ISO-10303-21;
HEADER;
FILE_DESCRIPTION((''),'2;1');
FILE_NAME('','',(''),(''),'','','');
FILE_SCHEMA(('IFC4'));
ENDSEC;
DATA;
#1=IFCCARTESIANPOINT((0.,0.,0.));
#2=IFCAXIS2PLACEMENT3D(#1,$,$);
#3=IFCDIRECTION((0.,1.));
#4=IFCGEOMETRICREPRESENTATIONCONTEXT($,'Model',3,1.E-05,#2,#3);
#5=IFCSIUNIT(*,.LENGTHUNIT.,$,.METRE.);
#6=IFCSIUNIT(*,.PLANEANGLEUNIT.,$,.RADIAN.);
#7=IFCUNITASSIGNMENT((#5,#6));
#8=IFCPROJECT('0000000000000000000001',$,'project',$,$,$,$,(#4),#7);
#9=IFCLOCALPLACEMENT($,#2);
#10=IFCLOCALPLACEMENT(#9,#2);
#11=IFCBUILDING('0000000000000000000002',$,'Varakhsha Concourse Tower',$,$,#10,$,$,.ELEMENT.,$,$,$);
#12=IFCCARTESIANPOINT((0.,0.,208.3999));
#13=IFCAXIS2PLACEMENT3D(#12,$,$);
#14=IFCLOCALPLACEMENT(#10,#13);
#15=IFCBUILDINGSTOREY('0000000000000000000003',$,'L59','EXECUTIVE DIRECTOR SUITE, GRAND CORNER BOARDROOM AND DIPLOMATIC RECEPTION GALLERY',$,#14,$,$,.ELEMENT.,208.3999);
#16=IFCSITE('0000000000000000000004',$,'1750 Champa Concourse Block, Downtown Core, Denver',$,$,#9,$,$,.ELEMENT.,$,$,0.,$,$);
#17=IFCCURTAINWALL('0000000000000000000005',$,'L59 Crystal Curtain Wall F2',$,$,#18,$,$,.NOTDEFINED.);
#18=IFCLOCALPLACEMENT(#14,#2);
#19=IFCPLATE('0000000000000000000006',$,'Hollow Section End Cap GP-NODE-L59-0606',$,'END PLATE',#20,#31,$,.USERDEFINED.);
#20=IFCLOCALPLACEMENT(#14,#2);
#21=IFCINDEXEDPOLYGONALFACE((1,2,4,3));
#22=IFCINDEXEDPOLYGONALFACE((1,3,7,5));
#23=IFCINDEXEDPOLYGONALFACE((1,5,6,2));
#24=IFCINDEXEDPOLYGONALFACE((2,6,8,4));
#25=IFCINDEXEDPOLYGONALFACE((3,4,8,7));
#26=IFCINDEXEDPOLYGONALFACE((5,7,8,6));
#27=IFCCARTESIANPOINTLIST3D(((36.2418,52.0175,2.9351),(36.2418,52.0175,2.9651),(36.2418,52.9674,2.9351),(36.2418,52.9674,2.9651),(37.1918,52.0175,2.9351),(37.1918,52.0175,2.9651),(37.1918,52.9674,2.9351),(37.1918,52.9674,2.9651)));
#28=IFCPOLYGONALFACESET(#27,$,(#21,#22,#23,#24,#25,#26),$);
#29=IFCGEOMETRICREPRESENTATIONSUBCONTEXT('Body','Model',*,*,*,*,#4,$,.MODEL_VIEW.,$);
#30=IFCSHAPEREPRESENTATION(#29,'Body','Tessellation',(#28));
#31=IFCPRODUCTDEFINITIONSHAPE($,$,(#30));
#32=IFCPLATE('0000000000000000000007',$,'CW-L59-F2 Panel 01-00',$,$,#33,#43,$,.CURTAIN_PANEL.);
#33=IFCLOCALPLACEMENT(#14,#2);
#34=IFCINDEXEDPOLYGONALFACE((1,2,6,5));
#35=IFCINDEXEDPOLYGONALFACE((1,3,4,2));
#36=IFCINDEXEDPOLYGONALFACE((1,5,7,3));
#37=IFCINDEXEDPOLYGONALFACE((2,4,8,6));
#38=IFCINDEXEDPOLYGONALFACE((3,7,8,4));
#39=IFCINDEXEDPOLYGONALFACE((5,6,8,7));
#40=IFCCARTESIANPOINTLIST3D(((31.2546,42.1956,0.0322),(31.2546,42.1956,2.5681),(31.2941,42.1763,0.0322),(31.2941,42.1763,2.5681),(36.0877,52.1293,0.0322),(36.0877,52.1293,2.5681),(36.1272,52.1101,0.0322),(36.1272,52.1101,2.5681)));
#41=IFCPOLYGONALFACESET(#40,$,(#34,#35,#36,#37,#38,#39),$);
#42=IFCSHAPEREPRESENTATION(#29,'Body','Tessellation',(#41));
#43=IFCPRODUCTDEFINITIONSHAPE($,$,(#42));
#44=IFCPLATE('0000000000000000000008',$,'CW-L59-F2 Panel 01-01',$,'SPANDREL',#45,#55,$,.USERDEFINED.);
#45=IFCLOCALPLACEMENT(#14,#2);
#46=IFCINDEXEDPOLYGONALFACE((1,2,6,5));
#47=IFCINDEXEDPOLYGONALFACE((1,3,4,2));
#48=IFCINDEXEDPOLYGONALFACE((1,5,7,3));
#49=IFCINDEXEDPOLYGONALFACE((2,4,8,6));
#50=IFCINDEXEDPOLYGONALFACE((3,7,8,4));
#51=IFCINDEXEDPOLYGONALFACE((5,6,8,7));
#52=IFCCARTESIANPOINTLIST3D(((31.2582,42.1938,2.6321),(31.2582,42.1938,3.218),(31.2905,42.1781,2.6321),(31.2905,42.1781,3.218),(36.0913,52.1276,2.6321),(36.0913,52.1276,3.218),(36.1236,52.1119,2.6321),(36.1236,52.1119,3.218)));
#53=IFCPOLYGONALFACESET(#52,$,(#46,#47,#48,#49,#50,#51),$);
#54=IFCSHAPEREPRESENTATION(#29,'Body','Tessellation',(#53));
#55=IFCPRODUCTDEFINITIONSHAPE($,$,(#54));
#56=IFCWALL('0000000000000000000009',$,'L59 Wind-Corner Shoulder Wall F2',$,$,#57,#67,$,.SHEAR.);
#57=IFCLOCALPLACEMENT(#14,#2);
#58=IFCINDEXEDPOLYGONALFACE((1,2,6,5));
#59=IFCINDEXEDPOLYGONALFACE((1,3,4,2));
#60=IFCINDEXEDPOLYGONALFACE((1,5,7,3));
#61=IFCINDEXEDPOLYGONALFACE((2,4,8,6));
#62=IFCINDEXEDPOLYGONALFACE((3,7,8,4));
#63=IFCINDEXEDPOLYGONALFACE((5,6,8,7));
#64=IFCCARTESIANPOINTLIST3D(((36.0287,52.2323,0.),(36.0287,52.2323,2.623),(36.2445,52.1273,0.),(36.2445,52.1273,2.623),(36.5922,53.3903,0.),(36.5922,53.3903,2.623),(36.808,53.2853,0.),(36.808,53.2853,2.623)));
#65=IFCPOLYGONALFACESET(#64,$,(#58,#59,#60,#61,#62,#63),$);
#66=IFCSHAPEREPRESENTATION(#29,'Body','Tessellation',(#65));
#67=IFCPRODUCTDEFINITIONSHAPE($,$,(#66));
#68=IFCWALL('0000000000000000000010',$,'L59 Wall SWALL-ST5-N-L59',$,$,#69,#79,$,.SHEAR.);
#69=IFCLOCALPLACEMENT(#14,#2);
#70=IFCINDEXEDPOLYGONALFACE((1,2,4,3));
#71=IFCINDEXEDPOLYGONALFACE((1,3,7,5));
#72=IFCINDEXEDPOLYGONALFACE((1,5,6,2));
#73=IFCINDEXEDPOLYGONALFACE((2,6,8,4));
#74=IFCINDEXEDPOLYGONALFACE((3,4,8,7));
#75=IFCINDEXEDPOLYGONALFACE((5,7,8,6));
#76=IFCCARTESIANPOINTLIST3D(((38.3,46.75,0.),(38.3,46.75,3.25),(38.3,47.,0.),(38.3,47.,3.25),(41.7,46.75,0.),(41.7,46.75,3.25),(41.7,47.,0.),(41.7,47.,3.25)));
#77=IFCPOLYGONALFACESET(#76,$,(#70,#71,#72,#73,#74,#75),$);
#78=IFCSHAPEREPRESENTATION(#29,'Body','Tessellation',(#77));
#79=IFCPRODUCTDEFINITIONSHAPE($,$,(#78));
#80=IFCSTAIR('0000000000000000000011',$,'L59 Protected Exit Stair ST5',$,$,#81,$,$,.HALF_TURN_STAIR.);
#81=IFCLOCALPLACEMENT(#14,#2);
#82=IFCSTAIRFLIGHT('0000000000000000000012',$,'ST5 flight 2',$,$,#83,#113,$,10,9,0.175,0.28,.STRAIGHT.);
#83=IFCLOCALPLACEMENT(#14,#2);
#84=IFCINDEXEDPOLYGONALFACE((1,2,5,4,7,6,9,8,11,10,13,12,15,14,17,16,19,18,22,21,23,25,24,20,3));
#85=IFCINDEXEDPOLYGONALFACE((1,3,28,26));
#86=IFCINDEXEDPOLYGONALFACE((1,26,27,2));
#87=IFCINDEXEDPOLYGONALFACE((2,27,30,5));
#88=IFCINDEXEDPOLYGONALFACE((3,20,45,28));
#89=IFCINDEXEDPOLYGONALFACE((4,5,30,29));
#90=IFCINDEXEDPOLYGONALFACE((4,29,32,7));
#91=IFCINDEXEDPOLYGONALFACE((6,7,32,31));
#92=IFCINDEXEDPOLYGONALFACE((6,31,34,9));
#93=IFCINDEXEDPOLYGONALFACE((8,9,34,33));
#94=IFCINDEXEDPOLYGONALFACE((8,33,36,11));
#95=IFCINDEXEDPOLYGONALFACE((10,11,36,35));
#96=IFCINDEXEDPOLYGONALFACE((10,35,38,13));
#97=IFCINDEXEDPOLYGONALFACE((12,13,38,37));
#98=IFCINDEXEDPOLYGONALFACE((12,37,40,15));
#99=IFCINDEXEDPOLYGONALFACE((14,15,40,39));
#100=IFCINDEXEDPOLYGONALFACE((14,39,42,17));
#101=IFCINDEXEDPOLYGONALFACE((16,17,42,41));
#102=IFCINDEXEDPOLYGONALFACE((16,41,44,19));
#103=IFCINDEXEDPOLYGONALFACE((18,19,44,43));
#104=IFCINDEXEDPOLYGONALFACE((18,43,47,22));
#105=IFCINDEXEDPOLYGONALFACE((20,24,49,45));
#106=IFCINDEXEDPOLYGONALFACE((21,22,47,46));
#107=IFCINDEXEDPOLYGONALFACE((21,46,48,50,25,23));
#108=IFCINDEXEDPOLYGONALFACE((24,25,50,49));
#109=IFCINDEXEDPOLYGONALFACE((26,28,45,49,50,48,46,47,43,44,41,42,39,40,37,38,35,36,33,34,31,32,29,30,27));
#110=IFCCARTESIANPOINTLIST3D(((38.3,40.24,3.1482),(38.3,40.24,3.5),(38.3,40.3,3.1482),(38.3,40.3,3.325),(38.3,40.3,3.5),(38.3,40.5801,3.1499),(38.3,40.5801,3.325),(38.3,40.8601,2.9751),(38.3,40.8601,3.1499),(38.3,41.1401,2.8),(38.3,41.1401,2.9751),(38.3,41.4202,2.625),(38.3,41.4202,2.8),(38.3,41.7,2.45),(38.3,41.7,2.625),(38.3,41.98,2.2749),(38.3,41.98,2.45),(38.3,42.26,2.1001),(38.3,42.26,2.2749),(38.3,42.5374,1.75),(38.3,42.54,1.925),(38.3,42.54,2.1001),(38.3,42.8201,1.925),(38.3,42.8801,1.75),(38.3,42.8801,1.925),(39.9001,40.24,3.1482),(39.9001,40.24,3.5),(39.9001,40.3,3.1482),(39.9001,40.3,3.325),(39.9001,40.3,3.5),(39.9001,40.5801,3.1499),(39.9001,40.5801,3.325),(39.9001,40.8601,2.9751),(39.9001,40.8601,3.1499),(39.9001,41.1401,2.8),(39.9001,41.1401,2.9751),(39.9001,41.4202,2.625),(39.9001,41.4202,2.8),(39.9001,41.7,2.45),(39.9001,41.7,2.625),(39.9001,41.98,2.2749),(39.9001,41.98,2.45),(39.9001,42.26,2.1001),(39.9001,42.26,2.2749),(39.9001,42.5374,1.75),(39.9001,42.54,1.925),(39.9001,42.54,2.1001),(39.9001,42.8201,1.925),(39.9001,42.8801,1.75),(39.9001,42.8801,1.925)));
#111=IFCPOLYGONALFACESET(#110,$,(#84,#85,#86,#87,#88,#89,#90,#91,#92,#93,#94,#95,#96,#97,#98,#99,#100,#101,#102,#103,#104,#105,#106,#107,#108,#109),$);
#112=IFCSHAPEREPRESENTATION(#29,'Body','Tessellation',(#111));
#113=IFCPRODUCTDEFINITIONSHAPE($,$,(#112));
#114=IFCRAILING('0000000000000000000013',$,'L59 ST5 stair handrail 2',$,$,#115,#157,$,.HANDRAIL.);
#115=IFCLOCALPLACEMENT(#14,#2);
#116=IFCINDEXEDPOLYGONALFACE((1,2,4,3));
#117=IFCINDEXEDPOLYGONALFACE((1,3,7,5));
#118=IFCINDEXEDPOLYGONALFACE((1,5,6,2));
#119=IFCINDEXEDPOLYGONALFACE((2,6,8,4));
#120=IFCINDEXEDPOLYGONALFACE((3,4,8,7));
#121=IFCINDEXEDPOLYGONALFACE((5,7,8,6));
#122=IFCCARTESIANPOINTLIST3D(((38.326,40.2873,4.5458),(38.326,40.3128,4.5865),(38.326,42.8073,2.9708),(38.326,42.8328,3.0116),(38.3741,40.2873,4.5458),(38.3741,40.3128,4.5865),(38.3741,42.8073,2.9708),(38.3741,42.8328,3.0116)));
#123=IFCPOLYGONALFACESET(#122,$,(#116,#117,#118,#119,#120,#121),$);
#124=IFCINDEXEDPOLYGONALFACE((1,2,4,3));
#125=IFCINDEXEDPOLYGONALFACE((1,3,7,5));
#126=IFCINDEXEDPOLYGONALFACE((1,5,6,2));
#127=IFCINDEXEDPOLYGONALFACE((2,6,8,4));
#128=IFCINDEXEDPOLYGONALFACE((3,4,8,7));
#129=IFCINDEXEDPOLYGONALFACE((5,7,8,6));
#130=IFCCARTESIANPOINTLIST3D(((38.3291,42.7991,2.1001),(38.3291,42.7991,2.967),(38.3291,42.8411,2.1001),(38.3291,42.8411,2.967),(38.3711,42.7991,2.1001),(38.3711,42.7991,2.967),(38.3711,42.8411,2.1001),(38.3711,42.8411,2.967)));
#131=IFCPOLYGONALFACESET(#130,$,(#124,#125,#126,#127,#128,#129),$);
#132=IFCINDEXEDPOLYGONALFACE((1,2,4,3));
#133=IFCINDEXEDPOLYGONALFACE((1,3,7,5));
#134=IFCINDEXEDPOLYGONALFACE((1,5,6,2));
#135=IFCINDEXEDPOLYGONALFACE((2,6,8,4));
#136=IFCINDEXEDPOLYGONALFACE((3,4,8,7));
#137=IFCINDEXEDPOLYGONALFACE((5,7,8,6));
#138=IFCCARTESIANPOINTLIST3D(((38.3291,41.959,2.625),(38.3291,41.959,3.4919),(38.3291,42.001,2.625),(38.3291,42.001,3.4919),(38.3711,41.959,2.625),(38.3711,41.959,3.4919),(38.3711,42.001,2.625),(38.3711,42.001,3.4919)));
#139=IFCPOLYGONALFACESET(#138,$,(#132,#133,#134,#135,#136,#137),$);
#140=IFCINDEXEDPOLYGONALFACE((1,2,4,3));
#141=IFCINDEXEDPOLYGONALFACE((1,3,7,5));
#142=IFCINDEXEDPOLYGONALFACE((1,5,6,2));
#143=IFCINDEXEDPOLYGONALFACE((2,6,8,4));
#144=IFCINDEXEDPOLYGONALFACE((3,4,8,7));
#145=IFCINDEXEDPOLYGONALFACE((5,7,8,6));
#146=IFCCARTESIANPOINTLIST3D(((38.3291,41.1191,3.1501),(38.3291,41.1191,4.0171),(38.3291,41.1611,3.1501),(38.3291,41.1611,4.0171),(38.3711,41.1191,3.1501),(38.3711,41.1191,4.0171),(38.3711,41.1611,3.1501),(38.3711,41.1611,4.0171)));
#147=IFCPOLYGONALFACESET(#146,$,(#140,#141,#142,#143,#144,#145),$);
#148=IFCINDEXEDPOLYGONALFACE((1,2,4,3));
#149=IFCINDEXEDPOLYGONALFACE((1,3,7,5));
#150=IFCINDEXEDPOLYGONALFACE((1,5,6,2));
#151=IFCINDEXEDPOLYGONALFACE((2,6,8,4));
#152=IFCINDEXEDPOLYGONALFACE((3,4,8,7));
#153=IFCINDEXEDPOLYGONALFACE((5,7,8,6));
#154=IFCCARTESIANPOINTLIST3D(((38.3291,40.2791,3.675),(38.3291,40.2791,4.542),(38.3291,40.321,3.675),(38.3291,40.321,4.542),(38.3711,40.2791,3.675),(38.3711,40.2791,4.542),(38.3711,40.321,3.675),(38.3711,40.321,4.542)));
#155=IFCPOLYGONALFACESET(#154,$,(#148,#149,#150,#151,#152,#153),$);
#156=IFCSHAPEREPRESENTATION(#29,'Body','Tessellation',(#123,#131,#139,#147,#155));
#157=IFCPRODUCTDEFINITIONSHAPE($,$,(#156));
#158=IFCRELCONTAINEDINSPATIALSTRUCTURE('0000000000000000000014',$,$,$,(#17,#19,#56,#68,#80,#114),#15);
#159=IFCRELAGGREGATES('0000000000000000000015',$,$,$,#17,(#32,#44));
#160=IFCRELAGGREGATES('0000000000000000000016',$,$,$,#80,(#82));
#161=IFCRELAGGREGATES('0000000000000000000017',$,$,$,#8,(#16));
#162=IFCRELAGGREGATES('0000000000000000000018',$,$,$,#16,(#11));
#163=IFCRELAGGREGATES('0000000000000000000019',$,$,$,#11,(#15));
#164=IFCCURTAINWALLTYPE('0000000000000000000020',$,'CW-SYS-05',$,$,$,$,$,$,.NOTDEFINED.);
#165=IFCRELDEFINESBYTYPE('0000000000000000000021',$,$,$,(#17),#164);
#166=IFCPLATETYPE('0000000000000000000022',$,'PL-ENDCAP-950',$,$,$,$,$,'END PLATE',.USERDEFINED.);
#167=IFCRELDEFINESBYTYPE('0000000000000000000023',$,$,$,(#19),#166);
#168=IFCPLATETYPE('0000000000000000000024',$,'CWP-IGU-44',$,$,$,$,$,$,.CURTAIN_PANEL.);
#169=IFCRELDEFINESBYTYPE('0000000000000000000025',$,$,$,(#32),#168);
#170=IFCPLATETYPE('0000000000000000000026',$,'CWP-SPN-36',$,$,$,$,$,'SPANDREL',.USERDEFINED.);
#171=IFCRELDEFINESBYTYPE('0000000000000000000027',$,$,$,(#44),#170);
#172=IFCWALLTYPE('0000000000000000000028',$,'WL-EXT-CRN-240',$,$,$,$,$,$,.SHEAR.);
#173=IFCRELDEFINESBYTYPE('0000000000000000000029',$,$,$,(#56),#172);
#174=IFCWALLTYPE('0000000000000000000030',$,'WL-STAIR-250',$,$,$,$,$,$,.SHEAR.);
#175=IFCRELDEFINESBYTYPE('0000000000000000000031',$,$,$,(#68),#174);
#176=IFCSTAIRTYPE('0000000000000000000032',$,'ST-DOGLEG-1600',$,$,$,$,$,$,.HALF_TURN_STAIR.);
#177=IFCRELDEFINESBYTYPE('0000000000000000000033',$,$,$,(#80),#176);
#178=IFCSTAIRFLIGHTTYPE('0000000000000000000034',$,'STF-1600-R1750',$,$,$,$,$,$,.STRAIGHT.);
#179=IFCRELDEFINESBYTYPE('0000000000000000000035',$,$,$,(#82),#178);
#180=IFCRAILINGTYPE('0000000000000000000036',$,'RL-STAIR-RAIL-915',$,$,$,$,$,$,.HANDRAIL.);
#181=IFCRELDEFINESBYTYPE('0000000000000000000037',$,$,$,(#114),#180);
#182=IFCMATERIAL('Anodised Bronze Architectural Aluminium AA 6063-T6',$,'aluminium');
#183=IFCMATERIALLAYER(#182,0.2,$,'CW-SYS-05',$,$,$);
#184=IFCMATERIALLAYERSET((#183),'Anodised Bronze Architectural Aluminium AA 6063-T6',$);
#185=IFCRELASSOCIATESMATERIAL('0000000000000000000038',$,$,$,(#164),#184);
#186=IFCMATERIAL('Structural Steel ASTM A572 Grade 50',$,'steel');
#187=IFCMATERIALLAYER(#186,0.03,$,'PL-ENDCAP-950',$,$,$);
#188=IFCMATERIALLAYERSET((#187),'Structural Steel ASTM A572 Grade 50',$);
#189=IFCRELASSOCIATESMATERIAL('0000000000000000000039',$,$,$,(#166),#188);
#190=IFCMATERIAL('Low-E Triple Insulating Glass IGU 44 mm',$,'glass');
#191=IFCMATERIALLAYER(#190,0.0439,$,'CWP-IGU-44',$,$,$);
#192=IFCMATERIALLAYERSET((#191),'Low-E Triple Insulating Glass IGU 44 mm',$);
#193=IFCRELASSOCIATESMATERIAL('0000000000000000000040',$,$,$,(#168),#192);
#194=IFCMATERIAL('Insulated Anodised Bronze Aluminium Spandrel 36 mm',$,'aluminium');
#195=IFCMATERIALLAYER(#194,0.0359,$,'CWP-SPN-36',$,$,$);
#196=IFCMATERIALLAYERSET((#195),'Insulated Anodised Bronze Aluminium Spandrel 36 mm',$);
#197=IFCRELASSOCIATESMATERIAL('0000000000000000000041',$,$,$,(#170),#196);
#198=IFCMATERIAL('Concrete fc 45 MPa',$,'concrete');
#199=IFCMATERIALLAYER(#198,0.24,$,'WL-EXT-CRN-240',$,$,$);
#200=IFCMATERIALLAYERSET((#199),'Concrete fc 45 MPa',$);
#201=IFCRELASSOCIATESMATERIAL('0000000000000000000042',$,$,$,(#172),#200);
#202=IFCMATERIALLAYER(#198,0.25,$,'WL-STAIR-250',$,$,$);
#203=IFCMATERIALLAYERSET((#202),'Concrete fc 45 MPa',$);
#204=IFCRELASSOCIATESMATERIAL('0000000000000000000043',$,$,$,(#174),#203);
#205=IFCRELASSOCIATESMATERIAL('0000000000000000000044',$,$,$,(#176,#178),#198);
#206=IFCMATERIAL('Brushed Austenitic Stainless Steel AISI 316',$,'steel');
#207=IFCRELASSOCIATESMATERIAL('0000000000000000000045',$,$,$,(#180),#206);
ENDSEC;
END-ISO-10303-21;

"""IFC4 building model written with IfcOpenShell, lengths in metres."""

from ifc_helpers import new_model, si_unit, direction, frame, frame_2d, origin, origin_2d, place, context, subcontext, project, spatial, polyline, rectangle, outline, extrude, source, transform, mapped, material, layer, layer_set, type_object, type_shapes, element, aggregate, save


model = new_model("IFC4")

# Units and contexts
model_context = context("Model", 3, precision=1e-05, world=origin(), true_north=direction((0.0, 1.0)))
body_context = subcontext(model_context, "Body", "Model", "MODEL_VIEW")
ifc_project = project(units=[si_unit("LENGTHUNIT", "METRE"), si_unit("PLANEANGLEUNIT", "RADIAN")], contexts=[model_context])

# Site, building, storey
site_placement = place(None, origin())
site = spatial("IfcSite", under=ifc_project, at=site_placement, Name="1750 Champa Concourse Block, Downtown Core, Denver", CompositionType="ELEMENT", RefElevation=0.0)
building_placement = place(site_placement, origin())
building = spatial("IfcBuilding", under=site, at=building_placement, Name="Varakhsha Concourse Tower", CompositionType="ELEMENT")
storey_placement = place(building_placement, frame((0.0, 0.0, 208.3999)))
storey = spatial("IfcBuildingStorey", under=building, at=storey_placement, Name="L59", Description="EXECUTIVE DIRECTOR SUITE, GRAND CORNER BOARDROOM AND DIPLOMATIC RECEPTION GALLERY", CompositionType="ELEMENT", Elevation=208.3999)

# Shared definitions
ifc_material_1 = material(Name="Structural Steel ASTM A572 Grade 50", Category="steel")

# Shared definitions
ifc_material_2 = material(Name="Anodised Bronze Architectural Aluminium AA 6063-T6", Category="aluminium")
ifc_layer_1 = layer(ifc_material_2, 0.2, Name="CW-SYS-05")
ifc_layer_set_1 = layer_set([ifc_layer_1], Name="Anodised Bronze Architectural Aluminium AA 6063-T6")
curtain_wall_type = type_object("IfcCurtainWallType", Name="CW-SYS-05", PredefinedType="NOTDEFINED", material=ifc_layer_set_1)

# Curtain wall
curtain_wall_1_placement = place(storey_placement, origin())
curtain_wall_1 = element("IfcCurtainWall", 1, at=curtain_wall_1_placement, inside=storey, type_object=curtain_wall_type, Name="L59 Crystal Curtain Wall F2", PredefinedType="NOTDEFINED")

# Plates
ifc_layer_2 = layer(ifc_material_1, 0.03, Name="PL-ENDCAP-950")
ifc_layer_set_2 = layer_set([ifc_layer_2], Name="Structural Steel ASTM A572 Grade 50")
plate_type_1 = type_object("IfcPlateType", Name="PL-ENDCAP-950", ElementType="END PLATE", PredefinedType="USERDEFINED", material=ifc_layer_set_2)
shared_shape_1 = source(origin(), body_context, "Body", "SweptSolid", [
    extrude(rectangle(XDim=0.95, YDim=0.95, at=origin_2d()), origin(), (0.0, 0.0, 1.0), 0.03),
])
type_shapes(plate_type_1, [shared_shape_1])
plate_1_placement = place(storey_placement, frame((36.7168, 52.4924, 2.9351), z_axis=(0.0, 0.0, 1.0), x_axis=(1.0, 0.0, 0.0)))
element("IfcPlate", 2, at=plate_1_placement, inside=storey, type_object=plate_type_1, Name="Hollow Section End Cap GP-NODE-L59-0606", ObjectType="END PLATE", PredefinedType="USERDEFINED", context=body_context, shape_type="MappedRepresentation", body=[
    mapped(shared_shape_1, transform((0.0, 0.0, 0.0), scale=1.0)),
])
ifc_material_3 = material(Name="Low-E Triple Insulating Glass IGU 44 mm", Category="glass")
ifc_layer_3 = layer(ifc_material_3, 0.0439, Name="CWP-IGU-44")
ifc_layer_set_3 = layer_set([ifc_layer_3], Name="Low-E Triple Insulating Glass IGU 44 mm")
plate_type_2 = type_object("IfcPlateType", Name="CWP-IGU-44", PredefinedType="CURTAIN_PANEL", material=ifc_layer_set_3)
shared_shape_2 = source(origin(), body_context, "Body", "SweptSolid", [
    extrude(rectangle(XDim=11.0471, YDim=0.0439, at=origin_2d()), origin(), (0.0, 0.0, 1.0), 2.5359),
])
type_shapes(plate_type_2, [shared_shape_2])
plate_2_placement = place(storey_placement, frame((33.6909, 47.1528, 0.0322), z_axis=(0.0, 0.0, 1.0), x_axis=(0.437497, 0.89922, 0.0)))
plate_2 = element("IfcPlate", 3, at=plate_2_placement, type_object=plate_type_2, Name="CW-L59-F2 Panel 01-00", PredefinedType="CURTAIN_PANEL", context=body_context, shape_type="MappedRepresentation", body=[
    mapped(shared_shape_2, transform((0.0, 0.0, 0.0), scale=1.0)),
])
ifc_material_4 = material(Name="Insulated Anodised Bronze Aluminium Spandrel 36 mm", Category="aluminium")
ifc_layer_4 = layer(ifc_material_4, 0.0359, Name="CWP-SPN-36")
ifc_layer_set_4 = layer_set([ifc_layer_4], Name="Insulated Anodised Bronze Aluminium Spandrel 36 mm")
plate_type_3 = type_object("IfcPlateType", Name="CWP-SPN-36", ElementType="SPANDREL", PredefinedType="USERDEFINED", material=ifc_layer_set_4)
shared_shape_3 = source(origin(), body_context, "Body", "SweptSolid", [
    extrude(rectangle(XDim=11.0471, YDim=0.0359, at=origin_2d()), origin(), (0.0, 0.0, 1.0), 0.5859),
])
type_shapes(plate_type_3, [shared_shape_3])
plate_3_placement = place(storey_placement, frame((33.6909, 47.1528, 2.6321), z_axis=(0.0, 0.0, 1.0), x_axis=(0.437497, 0.89922, 0.0)))
plate_3 = element("IfcPlate", 4, at=plate_3_placement, type_object=plate_type_3, Name="CW-L59-F2 Panel 01-01", ObjectType="SPANDREL", PredefinedType="USERDEFINED", context=body_context, shape_type="MappedRepresentation", body=[
    mapped(shared_shape_3, transform((0.0, 0.0, 0.0), scale=1.0)),
])
aggregate(curtain_wall_1, [plate_2, plate_3])

# Walls
ifc_material_5 = material(Name="Concrete fc 45 MPa", Category="concrete")
ifc_layer_5 = layer(ifc_material_5, 0.24, Name="WL-EXT-CRN-240")
ifc_layer_set_5 = layer_set([ifc_layer_5], Name="Concrete fc 45 MPa")
wall_type_1 = type_object("IfcWallType", Name="WL-EXT-CRN-240", PredefinedType="SHEAR", material=ifc_layer_set_5)
wall_1_placement = place(storey_placement, frame((36.7002, 53.3379, 0.0), z_axis=(0.0, 0.0, 1.0), x_axis=(-0.437557, -0.899191, 0.0)))
element("IfcWall", 5, at=wall_1_placement, inside=storey, type_object=wall_type_1, Name="L59 Wind-Corner Shoulder Wall F2", PredefinedType="SHEAR", context=body_context, shape_type="SweptSolid", body=[
    extrude(rectangle(XDim=1.2878, YDim=0.24, at=frame_2d((0.644, 0.0))), origin(), (0.0, 0.0, 1.0), 2.623),
])
ifc_layer_6 = layer(ifc_material_5, 0.25, Name="WL-STAIR-250")
ifc_layer_set_6 = layer_set([ifc_layer_6], Name="Concrete fc 45 MPa")
wall_type_2 = type_object("IfcWallType", Name="WL-STAIR-250", PredefinedType="SHEAR", material=ifc_layer_set_6)
wall_2_placement = place(storey_placement, frame((38.3, 46.875, 0.0), z_axis=(0.0, 0.0, 1.0), x_axis=(1.0, 0.0, 0.0)))
element("IfcWall", 6, at=wall_2_placement, inside=storey, type_object=wall_type_2, Name="L59 Wall SWALL-ST5-N-L59", PredefinedType="SHEAR", context=body_context, shape_type="SweptSolid", body=[
    extrude(rectangle(XDim=3.3999, YDim=0.25, at=frame_2d((1.7, 0.0))), origin(), (0.0, 0.0, 1.0), 3.25),
])

# Stair, stair flight
stair_type = type_object("IfcStairType", Name="ST-DOGLEG-1600", PredefinedType="HALF_TURN_STAIR", material=ifc_material_5)
stair_placement = place(storey_placement, origin())
stair = element("IfcStair", 7, at=stair_placement, inside=storey, type_object=stair_type, Name="L59 Protected Exit Stair ST5", PredefinedType="HALF_TURN_STAIR")
stair_flight_type = type_object("IfcStairFlightType", Name="STF-1600-R1750", PredefinedType="STRAIGHT", material=ifc_material_5)
stair_flight_placement = place(storey_placement, frame((39.1001, 42.8201, 1.75), z_axis=(0.0, 0.0, 1.0), x_axis=(0.0, -1.0, 0.0)))
stair_flight = element("IfcStairFlight", 8, at=stair_flight_placement, type_object=stair_flight_type, Name="ST5 flight 2", NumberOfRisers=10, NumberOfTreads=9, PredefinedType="STRAIGHT", RiserHeight=0.175, TreadLength=0.28, context=body_context, shape_type="SweptSolid", body=[
    extrude(outline(polyline([(-0.0601, 0.0), (-0.0601, 0.175), (0.0, 0.175), (0.28, 0.175), (0.28, 0.3501), (0.5601, 0.3501), (0.5601, 0.5249), (0.8401, 0.5249), (0.8401, 0.7), (1.1201, 0.7), (1.1201, 0.875), (1.3999, 0.875), (1.3999, 1.05), (1.6799, 1.05), (1.6799, 1.2251), (1.96, 1.2251), (1.96, 1.3999), (2.24, 1.3999), (2.24, 1.575), (2.52, 1.575), (2.52, 1.75), (2.5801, 1.75), (2.5801, 1.3982), (2.52, 1.3982), (0.2827, 0.0), (-0.0601, 0.0)])), frame((0.0, 0.8, 0.0), z_axis=(0.0, -1.0, 0.0), x_axis=(1.0, 0.0, 0.0)), (0.0, 0.0, 1.0), 1.6001),
])
aggregate(stair, [stair_flight])

# Railing
ifc_material_6 = material(Name="Brushed Austenitic Stainless Steel AISI 316", Category="steel")
railing_type = type_object("IfcRailingType", Name="RL-STAIR-RAIL-915", PredefinedType="HANDRAIL", material=ifc_material_6)
railing_placement = place(storey_placement, frame((38.3501, 42.8201, 2.1001)))
element("IfcRailing", 9, at=railing_placement, inside=storey, type_object=railing_type, Name="L59 ST5 stair handrail 2", PredefinedType="HANDRAIL", context=body_context, shape_type="SweptSolid", body=[
    extrude(rectangle(XDim=0.0481, YDim=0.0481, at=origin_2d()), frame((0.0, 0.0, 0.8911), z_axis=(0.0, -0.848008, 0.529984), x_axis=(1.0, 0.0, 0.0)), (0.0, 0.0, 1.0), 2.9717),
    extrude(rectangle(XDim=0.042, YDim=0.042, at=origin_2d()), origin(), (0.0, 0.0, 1.0), 0.8669),
    extrude(rectangle(XDim=0.042, YDim=0.042, at=origin_2d()), frame((0.0, -0.8401, 0.5249)), (0.0, 0.0, 1.0), 0.8669),
    extrude(rectangle(XDim=0.042, YDim=0.042, at=origin_2d()), frame((0.0, -1.6799, 1.05)), (0.0, 0.0, 1.0), 0.8669),
    extrude(rectangle(XDim=0.042, YDim=0.042, at=origin_2d()), frame((0.0, -2.52, 1.575)), (0.0, 0.0, 1.0), 0.8669),
])

save(model, "model.ifc")
